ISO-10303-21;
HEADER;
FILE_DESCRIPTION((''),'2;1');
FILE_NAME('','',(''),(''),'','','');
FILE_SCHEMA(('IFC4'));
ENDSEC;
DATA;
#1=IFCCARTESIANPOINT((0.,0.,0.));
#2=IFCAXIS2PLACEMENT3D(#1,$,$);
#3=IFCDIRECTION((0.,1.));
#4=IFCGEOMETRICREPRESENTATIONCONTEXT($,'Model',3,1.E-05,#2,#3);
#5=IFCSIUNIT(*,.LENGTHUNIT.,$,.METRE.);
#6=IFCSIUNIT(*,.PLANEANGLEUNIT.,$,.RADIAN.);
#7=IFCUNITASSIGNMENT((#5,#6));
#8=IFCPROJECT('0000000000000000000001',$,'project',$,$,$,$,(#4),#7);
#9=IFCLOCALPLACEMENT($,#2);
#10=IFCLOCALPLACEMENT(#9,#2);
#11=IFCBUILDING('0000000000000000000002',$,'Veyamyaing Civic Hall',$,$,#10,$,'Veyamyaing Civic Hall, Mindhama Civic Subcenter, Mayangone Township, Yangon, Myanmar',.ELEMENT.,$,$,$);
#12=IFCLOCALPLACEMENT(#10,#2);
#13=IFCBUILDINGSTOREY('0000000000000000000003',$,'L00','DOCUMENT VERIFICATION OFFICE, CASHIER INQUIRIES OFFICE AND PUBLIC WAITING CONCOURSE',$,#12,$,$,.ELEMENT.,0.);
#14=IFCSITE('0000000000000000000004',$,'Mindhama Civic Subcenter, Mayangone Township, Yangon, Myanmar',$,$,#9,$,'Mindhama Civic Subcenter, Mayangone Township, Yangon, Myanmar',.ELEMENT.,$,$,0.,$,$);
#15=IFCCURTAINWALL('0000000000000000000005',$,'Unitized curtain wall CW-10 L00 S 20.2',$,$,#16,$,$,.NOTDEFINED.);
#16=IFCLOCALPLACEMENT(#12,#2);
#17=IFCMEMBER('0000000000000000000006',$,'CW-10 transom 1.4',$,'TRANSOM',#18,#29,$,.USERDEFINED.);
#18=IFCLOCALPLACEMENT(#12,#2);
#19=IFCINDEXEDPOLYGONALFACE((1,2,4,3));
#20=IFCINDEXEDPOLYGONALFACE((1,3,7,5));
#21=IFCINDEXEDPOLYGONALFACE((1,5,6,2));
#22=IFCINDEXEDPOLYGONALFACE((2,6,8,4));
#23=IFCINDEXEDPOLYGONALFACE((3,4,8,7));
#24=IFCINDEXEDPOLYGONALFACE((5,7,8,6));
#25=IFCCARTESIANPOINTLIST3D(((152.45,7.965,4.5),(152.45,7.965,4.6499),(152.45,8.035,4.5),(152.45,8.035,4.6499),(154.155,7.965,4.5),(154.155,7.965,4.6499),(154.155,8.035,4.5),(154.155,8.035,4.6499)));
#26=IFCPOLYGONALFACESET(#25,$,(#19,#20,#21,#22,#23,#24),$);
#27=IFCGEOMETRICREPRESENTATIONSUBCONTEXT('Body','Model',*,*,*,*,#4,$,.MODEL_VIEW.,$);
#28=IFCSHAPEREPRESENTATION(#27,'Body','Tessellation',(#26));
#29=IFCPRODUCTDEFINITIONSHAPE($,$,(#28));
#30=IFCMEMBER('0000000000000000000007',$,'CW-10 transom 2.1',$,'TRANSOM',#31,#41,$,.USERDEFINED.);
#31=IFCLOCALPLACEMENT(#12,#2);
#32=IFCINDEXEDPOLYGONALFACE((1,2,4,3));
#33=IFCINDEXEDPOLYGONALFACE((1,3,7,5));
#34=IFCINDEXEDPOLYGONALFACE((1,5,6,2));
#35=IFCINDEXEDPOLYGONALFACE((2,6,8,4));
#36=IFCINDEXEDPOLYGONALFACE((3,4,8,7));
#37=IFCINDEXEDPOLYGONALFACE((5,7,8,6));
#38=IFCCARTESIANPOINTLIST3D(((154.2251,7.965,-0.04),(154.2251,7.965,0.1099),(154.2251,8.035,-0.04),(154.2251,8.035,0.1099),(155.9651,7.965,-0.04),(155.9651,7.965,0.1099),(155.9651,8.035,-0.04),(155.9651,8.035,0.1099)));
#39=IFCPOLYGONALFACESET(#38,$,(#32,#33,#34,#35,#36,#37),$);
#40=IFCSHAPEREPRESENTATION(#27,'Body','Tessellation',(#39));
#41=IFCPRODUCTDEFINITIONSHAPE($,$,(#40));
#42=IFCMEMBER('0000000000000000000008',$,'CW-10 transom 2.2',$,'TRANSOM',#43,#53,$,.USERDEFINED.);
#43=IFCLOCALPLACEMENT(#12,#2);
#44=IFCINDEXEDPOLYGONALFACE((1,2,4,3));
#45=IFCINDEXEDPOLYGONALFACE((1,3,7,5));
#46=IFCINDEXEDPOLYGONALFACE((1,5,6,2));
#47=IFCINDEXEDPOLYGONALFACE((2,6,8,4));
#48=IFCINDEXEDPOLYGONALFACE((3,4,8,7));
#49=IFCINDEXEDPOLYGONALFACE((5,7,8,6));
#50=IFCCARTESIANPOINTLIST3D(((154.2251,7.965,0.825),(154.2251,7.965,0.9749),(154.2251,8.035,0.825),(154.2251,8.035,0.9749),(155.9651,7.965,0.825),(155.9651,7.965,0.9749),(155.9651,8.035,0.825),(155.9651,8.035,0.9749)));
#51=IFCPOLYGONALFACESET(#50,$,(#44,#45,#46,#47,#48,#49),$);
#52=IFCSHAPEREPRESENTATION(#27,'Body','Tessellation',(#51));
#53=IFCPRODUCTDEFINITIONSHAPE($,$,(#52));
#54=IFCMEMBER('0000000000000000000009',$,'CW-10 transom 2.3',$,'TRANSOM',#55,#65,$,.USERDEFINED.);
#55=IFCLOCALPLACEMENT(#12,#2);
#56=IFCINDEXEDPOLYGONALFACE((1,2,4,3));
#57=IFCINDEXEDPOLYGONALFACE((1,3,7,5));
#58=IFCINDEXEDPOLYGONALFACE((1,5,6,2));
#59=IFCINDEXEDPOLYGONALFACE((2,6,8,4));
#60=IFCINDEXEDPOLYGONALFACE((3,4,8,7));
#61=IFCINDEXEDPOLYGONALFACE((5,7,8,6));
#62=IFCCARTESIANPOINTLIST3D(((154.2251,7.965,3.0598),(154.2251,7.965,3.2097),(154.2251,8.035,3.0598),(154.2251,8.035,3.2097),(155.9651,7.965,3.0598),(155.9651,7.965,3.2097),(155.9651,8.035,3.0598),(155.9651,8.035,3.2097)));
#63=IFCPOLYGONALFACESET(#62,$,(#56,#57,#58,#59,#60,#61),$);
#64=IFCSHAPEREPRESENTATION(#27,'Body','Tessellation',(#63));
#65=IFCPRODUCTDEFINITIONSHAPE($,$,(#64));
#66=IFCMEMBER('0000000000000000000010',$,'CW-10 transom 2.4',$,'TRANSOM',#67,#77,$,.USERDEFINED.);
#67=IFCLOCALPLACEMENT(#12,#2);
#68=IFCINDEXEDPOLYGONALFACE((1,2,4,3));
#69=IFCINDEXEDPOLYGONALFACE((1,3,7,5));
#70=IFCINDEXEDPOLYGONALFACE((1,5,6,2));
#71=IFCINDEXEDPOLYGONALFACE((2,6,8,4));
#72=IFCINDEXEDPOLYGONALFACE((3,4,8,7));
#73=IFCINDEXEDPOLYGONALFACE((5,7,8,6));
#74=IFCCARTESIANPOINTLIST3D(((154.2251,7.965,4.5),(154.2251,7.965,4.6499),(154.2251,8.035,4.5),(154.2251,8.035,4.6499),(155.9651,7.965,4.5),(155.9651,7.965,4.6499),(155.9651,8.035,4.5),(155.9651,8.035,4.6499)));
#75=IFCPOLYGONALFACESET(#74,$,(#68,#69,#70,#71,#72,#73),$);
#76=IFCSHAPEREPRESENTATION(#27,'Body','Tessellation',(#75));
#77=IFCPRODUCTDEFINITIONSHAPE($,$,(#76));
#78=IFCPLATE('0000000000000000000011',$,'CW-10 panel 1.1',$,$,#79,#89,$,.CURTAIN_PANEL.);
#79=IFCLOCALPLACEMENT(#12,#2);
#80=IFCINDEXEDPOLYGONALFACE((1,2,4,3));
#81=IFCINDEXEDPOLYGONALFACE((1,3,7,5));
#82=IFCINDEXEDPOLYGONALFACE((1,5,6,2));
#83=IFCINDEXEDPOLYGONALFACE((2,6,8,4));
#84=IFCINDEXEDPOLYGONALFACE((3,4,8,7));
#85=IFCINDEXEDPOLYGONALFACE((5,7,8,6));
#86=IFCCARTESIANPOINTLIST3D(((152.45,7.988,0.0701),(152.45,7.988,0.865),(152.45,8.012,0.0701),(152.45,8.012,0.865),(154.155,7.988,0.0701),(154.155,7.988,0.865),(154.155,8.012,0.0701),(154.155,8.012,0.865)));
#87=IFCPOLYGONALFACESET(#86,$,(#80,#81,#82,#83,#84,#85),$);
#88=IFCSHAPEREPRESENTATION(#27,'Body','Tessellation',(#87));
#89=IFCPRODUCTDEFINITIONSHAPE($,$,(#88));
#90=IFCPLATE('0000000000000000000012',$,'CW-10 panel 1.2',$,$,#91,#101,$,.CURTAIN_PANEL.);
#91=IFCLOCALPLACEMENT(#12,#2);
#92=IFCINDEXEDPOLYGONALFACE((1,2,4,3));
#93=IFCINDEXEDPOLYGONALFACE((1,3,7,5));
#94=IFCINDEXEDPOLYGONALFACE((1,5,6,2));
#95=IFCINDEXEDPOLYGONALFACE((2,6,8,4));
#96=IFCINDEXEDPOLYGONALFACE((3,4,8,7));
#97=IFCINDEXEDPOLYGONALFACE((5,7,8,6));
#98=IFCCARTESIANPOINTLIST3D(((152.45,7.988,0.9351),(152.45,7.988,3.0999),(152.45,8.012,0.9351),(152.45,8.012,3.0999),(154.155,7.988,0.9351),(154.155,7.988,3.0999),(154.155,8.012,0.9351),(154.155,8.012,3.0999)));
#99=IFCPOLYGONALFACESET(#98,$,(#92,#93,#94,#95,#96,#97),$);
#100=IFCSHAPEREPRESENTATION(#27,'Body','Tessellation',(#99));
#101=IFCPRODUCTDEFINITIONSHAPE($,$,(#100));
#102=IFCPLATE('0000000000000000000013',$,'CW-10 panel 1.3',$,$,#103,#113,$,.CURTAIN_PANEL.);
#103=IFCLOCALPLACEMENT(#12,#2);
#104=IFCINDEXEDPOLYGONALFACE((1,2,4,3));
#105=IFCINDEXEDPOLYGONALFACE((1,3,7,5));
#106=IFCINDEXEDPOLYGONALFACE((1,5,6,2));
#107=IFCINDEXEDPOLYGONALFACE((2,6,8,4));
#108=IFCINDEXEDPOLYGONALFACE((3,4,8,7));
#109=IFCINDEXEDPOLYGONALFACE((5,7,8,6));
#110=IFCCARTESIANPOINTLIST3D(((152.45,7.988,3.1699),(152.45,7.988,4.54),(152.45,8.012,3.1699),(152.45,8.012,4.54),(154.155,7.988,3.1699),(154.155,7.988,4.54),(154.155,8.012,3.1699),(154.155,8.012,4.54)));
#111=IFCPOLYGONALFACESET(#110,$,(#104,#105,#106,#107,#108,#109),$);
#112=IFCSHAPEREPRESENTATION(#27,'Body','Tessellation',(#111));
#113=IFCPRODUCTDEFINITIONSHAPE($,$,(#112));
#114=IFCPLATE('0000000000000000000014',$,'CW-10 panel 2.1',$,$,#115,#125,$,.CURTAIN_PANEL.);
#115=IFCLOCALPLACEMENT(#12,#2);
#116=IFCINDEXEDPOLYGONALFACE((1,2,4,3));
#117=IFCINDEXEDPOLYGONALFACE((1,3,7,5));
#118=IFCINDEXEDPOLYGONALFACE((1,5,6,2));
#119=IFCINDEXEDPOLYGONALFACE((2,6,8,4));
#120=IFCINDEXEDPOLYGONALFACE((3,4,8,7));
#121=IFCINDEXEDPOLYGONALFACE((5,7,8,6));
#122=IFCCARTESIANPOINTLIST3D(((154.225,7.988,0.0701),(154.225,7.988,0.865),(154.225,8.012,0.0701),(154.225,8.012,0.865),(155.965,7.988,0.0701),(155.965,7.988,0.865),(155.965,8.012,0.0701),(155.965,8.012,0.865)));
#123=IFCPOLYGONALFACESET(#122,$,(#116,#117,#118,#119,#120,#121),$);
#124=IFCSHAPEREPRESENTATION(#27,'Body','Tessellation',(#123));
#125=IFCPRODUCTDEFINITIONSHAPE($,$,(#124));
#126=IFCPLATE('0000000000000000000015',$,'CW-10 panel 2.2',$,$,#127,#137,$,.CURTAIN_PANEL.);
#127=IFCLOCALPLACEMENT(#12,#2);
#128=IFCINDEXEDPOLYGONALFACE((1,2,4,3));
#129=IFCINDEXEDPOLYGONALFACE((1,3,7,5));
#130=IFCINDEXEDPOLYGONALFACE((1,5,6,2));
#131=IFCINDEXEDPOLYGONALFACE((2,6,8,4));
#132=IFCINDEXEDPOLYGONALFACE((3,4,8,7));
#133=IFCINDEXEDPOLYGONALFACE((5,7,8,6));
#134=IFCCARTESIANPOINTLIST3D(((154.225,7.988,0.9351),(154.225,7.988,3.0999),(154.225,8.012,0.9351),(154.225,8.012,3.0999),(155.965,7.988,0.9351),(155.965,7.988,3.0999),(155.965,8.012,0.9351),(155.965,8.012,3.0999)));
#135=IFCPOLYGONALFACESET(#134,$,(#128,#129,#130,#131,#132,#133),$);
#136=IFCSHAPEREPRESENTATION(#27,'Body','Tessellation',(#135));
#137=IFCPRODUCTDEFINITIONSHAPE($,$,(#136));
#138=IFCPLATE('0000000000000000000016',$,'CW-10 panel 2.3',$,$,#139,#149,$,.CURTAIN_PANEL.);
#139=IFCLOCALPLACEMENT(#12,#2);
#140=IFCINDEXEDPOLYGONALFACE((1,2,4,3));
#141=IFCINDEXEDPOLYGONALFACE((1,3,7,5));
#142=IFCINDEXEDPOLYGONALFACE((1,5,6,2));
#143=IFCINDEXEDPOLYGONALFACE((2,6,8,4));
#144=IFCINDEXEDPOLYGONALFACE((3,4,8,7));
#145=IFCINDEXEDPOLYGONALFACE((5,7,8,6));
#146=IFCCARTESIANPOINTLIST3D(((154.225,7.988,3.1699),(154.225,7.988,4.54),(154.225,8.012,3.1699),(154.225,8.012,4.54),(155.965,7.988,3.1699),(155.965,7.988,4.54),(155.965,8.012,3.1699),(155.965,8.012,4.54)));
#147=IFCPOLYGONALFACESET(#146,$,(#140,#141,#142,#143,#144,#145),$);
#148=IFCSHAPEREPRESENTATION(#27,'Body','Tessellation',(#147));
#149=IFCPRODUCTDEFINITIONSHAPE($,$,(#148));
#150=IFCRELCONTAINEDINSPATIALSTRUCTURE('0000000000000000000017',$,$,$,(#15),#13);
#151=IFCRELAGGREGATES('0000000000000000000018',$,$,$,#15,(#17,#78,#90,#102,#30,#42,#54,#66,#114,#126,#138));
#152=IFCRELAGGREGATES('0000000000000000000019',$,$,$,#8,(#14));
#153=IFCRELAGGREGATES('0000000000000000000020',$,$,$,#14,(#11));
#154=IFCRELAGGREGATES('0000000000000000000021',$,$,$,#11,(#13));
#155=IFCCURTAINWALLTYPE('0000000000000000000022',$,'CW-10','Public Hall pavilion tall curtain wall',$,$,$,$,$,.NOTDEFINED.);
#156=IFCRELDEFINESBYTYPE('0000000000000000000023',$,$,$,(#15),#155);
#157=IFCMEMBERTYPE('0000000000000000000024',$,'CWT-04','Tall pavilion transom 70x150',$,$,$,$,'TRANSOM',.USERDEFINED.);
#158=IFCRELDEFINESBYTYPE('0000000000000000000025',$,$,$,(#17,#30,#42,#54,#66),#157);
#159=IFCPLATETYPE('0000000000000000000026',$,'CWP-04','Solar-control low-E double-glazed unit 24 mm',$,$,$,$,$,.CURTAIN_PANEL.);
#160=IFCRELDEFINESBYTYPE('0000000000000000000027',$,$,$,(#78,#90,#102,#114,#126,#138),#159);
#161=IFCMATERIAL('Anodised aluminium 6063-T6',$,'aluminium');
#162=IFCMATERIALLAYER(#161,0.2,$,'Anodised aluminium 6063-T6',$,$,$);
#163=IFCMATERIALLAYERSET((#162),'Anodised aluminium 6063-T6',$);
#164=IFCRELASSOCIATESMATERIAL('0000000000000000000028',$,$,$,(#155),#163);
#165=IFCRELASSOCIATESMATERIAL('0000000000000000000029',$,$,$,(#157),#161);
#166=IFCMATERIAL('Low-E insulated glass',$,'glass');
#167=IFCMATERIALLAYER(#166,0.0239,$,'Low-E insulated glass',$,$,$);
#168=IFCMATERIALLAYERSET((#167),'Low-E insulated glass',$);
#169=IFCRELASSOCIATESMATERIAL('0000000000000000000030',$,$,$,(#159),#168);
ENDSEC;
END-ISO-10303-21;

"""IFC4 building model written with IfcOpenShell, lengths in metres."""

from ifc_helpers import new_model, si_unit, direction, frame, origin, origin_2d, place, context, subcontext, project, spatial, rectangle, extrude, material, layer, layer_set, material_profile, profile_set, type_object, element, aggregate, save


model = new_model("IFC4")

# Units and contexts
model_context = context("Model", 3, precision=1e-05, world=origin(), true_north=direction((0.0, 1.0)))
body_context = subcontext(model_context, "Body", "Model", "MODEL_VIEW")
ifc_project = project(units=[si_unit("LENGTHUNIT", "METRE"), si_unit("PLANEANGLEUNIT", "RADIAN")], contexts=[model_context])

# Site, building, storey
site_placement = place(None, origin())
site = spatial("IfcSite", under=ifc_project, at=site_placement, Name="Mindhama Civic Subcenter, Mayangone Township, Yangon, Myanmar", LongName="Mindhama Civic Subcenter, Mayangone Township, Yangon, Myanmar", CompositionType="ELEMENT", RefElevation=0.0)
building_placement = place(site_placement, origin())
building = spatial("IfcBuilding", under=site, at=building_placement, Name="Veyamyaing Civic Hall", LongName="Veyamyaing Civic Hall, Mindhama Civic Subcenter, Mayangone Township, Yangon, Myanmar", CompositionType="ELEMENT")
storey_placement = place(building_placement, origin())
storey = spatial("IfcBuildingStorey", under=building, at=storey_placement, Name="L00", Description="DOCUMENT VERIFICATION OFFICE, CASHIER INQUIRIES OFFICE AND PUBLIC WAITING CONCOURSE", CompositionType="ELEMENT", Elevation=0.0)

# Curtain wall, members, plates
ifc_material_1 = material(Name="Anodised aluminium 6063-T6", Category="aluminium")
ifc_layer_1 = layer(ifc_material_1, 0.2, Name="Anodised aluminium 6063-T6")
ifc_layer_set_1 = layer_set([ifc_layer_1], Name="Anodised aluminium 6063-T6")
curtain_wall_type = type_object("IfcCurtainWallType", Name="CW-10", Description="Public Hall pavilion tall curtain wall", PredefinedType="NOTDEFINED", material=ifc_layer_set_1)
curtain_wall_placement = place(storey_placement, origin())
curtain_wall = element("IfcCurtainWall", 1, at=curtain_wall_placement, inside=storey, type_object=curtain_wall_type, Name="Unitized curtain wall CW-10 L00 S 20.2", PredefinedType="NOTDEFINED")
ifc_material_profile_1 = material_profile(ifc_material_1, rectangle(XDim=0.0701, YDim=0.1499, at=origin_2d()), Name="ALU-TRN-70X150")
ifc_profile_set_1 = profile_set([ifc_material_profile_1], Name="Anodised aluminium 6063-T6")
member_type_1 = type_object("IfcMemberType", Name="CWT-04", Description="Tall pavilion transom 70x150", ElementType="TRANSOM", PredefinedType="USERDEFINED", material=ifc_profile_set_1)
member_1_placement = place(storey_placement, frame((152.45, 8.0, 4.575), z_axis=(1.0, 0.0, 0.0), x_axis=(0.0, 1.0, 0.0)))
member_1 = element("IfcMember", 2, at=member_1_placement, type_object=member_type_1, Name="CW-10 transom 1.4", ObjectType="TRANSOM", PredefinedType="USERDEFINED", context=body_context, shape_type="SweptSolid", body=[
    extrude(rectangle(XDim=0.0701, YDim=0.1499, at=origin_2d()), origin(), (0.0, 0.0, 1.0), 1.7051),
])
member_2_placement = place(storey_placement, frame((154.2251, 8.0, 0.0349), z_axis=(1.0, 0.0, 0.0), x_axis=(0.0, 1.0, 0.0)))
member_2 = element("IfcMember", 3, at=member_2_placement, type_object=member_type_1, Name="CW-10 transom 2.1", ObjectType="TRANSOM", PredefinedType="USERDEFINED", context=body_context, shape_type="SweptSolid", body=[
    extrude(rectangle(XDim=0.0701, YDim=0.1499, at=origin_2d()), origin(), (0.0, 0.0, 1.0), 1.74),
])
member_3_placement = place(storey_placement, frame((154.2251, 8.0, 0.8999), z_axis=(1.0, 0.0, 0.0), x_axis=(0.0, 1.0, 0.0)))
member_3 = element("IfcMember", 4, at=member_3_placement, type_object=member_type_1, Name="CW-10 transom 2.2", ObjectType="TRANSOM", PredefinedType="USERDEFINED", context=body_context, shape_type="SweptSolid", body=[
    extrude(rectangle(XDim=0.0701, YDim=0.1499, at=origin_2d()), origin(), (0.0, 0.0, 1.0), 1.74),
])
member_4_placement = place(storey_placement, frame((154.2251, 8.0, 3.1348), z_axis=(1.0, 0.0, 0.0), x_axis=(0.0, 1.0, 0.0)))
member_4 = element("IfcMember", 5, at=member_4_placement, type_object=member_type_1, Name="CW-10 transom 2.3", ObjectType="TRANSOM", PredefinedType="USERDEFINED", context=body_context, shape_type="SweptSolid", body=[
    extrude(rectangle(XDim=0.0701, YDim=0.1499, at=origin_2d()), origin(), (0.0, 0.0, 1.0), 1.74),
])
member_5_placement = place(storey_placement, frame((154.2251, 8.0, 4.575), z_axis=(1.0, 0.0, 0.0), x_axis=(0.0, 1.0, 0.0)))
member_5 = element("IfcMember", 6, at=member_5_placement, type_object=member_type_1, Name="CW-10 transom 2.4", ObjectType="TRANSOM", PredefinedType="USERDEFINED", context=body_context, shape_type="SweptSolid", body=[
    extrude(rectangle(XDim=0.0701, YDim=0.1499, at=origin_2d()), origin(), (0.0, 0.0, 1.0), 1.74),
])
ifc_material_2 = material(Name="Low-E insulated glass", Category="glass")
ifc_layer_2 = layer(ifc_material_2, 0.0239, Name="Low-E insulated glass")
ifc_layer_set_2 = layer_set([ifc_layer_2], Name="Low-E insulated glass")
plate_type = type_object("IfcPlateType", Name="CWP-04", Description="Solar-control low-E double-glazed unit 24 mm", PredefinedType="CURTAIN_PANEL", material=ifc_layer_set_2)
plate_1_placement = place(storey_placement, frame((153.3025, 8.0, 0.0701), z_axis=(0.0, 0.0, 1.0), x_axis=(1.0, 0.0, 0.0)))
plate_1 = element("IfcPlate", 7, at=plate_1_placement, type_object=plate_type, Name="CW-10 panel 1.1", PredefinedType="CURTAIN_PANEL", context=body_context, shape_type="SweptSolid", body=[
    extrude(rectangle(XDim=1.7051, YDim=0.0239, at=origin_2d()), origin(), (0.0, 0.0, 1.0), 0.7949),
])
plate_2_placement = place(storey_placement, frame((153.3025, 8.0, 0.9351), z_axis=(0.0, 0.0, 1.0), x_axis=(1.0, 0.0, 0.0)))
plate_2 = element("IfcPlate", 8, at=plate_2_placement, type_object=plate_type, Name="CW-10 panel 1.2", PredefinedType="CURTAIN_PANEL", context=body_context, shape_type="SweptSolid", body=[
    extrude(rectangle(XDim=1.7051, YDim=0.0239, at=origin_2d()), origin(), (0.0, 0.0, 1.0), 2.1648),
])
plate_3_placement = place(storey_placement, frame((153.3025, 8.0, 3.1699), z_axis=(0.0, 0.0, 1.0), x_axis=(1.0, 0.0, 0.0)))
plate_3 = element("IfcPlate", 9, at=plate_3_placement, type_object=plate_type, Name="CW-10 panel 1.3", PredefinedType="CURTAIN_PANEL", context=body_context, shape_type="SweptSolid", body=[
    extrude(rectangle(XDim=1.7051, YDim=0.0239, at=origin_2d()), origin(), (0.0, 0.0, 1.0), 1.3701),
])
plate_4_placement = place(storey_placement, frame((155.095, 8.0, 0.0701), z_axis=(0.0, 0.0, 1.0), x_axis=(1.0, 0.0, 0.0)))
plate_4 = element("IfcPlate", 10, at=plate_4_placement, type_object=plate_type, Name="CW-10 panel 2.1", PredefinedType="CURTAIN_PANEL", context=body_context, shape_type="SweptSolid", body=[
    extrude(rectangle(XDim=1.74, YDim=0.0239, at=origin_2d()), origin(), (0.0, 0.0, 1.0), 0.7949),
])
plate_5_placement = place(storey_placement, frame((155.095, 8.0, 0.9351), z_axis=(0.0, 0.0, 1.0), x_axis=(1.0, 0.0, 0.0)))
plate_5 = element("IfcPlate", 11, at=plate_5_placement, type_object=plate_type, Name="CW-10 panel 2.2", PredefinedType="CURTAIN_PANEL", context=body_context, shape_type="SweptSolid", body=[
    extrude(rectangle(XDim=1.74, YDim=0.0239, at=origin_2d()), origin(), (0.0, 0.0, 1.0), 2.1648),
])
plate_6_placement = place(storey_placement, frame((155.095, 8.0, 3.1699), z_axis=(0.0, 0.0, 1.0), x_axis=(1.0, 0.0, 0.0)))
plate_6 = element("IfcPlate", 12, at=plate_6_placement, type_object=plate_type, Name="CW-10 panel 2.3", PredefinedType="CURTAIN_PANEL", context=body_context, shape_type="SweptSolid", body=[
    extrude(rectangle(XDim=1.74, YDim=0.0239, at=origin_2d()), origin(), (0.0, 0.0, 1.0), 1.3701),
])
aggregate(curtain_wall, [member_1, plate_1, plate_2, plate_3, member_2, member_3, member_4, member_5, plate_4, plate_5, plate_6])

save(model, "model.ifc")
